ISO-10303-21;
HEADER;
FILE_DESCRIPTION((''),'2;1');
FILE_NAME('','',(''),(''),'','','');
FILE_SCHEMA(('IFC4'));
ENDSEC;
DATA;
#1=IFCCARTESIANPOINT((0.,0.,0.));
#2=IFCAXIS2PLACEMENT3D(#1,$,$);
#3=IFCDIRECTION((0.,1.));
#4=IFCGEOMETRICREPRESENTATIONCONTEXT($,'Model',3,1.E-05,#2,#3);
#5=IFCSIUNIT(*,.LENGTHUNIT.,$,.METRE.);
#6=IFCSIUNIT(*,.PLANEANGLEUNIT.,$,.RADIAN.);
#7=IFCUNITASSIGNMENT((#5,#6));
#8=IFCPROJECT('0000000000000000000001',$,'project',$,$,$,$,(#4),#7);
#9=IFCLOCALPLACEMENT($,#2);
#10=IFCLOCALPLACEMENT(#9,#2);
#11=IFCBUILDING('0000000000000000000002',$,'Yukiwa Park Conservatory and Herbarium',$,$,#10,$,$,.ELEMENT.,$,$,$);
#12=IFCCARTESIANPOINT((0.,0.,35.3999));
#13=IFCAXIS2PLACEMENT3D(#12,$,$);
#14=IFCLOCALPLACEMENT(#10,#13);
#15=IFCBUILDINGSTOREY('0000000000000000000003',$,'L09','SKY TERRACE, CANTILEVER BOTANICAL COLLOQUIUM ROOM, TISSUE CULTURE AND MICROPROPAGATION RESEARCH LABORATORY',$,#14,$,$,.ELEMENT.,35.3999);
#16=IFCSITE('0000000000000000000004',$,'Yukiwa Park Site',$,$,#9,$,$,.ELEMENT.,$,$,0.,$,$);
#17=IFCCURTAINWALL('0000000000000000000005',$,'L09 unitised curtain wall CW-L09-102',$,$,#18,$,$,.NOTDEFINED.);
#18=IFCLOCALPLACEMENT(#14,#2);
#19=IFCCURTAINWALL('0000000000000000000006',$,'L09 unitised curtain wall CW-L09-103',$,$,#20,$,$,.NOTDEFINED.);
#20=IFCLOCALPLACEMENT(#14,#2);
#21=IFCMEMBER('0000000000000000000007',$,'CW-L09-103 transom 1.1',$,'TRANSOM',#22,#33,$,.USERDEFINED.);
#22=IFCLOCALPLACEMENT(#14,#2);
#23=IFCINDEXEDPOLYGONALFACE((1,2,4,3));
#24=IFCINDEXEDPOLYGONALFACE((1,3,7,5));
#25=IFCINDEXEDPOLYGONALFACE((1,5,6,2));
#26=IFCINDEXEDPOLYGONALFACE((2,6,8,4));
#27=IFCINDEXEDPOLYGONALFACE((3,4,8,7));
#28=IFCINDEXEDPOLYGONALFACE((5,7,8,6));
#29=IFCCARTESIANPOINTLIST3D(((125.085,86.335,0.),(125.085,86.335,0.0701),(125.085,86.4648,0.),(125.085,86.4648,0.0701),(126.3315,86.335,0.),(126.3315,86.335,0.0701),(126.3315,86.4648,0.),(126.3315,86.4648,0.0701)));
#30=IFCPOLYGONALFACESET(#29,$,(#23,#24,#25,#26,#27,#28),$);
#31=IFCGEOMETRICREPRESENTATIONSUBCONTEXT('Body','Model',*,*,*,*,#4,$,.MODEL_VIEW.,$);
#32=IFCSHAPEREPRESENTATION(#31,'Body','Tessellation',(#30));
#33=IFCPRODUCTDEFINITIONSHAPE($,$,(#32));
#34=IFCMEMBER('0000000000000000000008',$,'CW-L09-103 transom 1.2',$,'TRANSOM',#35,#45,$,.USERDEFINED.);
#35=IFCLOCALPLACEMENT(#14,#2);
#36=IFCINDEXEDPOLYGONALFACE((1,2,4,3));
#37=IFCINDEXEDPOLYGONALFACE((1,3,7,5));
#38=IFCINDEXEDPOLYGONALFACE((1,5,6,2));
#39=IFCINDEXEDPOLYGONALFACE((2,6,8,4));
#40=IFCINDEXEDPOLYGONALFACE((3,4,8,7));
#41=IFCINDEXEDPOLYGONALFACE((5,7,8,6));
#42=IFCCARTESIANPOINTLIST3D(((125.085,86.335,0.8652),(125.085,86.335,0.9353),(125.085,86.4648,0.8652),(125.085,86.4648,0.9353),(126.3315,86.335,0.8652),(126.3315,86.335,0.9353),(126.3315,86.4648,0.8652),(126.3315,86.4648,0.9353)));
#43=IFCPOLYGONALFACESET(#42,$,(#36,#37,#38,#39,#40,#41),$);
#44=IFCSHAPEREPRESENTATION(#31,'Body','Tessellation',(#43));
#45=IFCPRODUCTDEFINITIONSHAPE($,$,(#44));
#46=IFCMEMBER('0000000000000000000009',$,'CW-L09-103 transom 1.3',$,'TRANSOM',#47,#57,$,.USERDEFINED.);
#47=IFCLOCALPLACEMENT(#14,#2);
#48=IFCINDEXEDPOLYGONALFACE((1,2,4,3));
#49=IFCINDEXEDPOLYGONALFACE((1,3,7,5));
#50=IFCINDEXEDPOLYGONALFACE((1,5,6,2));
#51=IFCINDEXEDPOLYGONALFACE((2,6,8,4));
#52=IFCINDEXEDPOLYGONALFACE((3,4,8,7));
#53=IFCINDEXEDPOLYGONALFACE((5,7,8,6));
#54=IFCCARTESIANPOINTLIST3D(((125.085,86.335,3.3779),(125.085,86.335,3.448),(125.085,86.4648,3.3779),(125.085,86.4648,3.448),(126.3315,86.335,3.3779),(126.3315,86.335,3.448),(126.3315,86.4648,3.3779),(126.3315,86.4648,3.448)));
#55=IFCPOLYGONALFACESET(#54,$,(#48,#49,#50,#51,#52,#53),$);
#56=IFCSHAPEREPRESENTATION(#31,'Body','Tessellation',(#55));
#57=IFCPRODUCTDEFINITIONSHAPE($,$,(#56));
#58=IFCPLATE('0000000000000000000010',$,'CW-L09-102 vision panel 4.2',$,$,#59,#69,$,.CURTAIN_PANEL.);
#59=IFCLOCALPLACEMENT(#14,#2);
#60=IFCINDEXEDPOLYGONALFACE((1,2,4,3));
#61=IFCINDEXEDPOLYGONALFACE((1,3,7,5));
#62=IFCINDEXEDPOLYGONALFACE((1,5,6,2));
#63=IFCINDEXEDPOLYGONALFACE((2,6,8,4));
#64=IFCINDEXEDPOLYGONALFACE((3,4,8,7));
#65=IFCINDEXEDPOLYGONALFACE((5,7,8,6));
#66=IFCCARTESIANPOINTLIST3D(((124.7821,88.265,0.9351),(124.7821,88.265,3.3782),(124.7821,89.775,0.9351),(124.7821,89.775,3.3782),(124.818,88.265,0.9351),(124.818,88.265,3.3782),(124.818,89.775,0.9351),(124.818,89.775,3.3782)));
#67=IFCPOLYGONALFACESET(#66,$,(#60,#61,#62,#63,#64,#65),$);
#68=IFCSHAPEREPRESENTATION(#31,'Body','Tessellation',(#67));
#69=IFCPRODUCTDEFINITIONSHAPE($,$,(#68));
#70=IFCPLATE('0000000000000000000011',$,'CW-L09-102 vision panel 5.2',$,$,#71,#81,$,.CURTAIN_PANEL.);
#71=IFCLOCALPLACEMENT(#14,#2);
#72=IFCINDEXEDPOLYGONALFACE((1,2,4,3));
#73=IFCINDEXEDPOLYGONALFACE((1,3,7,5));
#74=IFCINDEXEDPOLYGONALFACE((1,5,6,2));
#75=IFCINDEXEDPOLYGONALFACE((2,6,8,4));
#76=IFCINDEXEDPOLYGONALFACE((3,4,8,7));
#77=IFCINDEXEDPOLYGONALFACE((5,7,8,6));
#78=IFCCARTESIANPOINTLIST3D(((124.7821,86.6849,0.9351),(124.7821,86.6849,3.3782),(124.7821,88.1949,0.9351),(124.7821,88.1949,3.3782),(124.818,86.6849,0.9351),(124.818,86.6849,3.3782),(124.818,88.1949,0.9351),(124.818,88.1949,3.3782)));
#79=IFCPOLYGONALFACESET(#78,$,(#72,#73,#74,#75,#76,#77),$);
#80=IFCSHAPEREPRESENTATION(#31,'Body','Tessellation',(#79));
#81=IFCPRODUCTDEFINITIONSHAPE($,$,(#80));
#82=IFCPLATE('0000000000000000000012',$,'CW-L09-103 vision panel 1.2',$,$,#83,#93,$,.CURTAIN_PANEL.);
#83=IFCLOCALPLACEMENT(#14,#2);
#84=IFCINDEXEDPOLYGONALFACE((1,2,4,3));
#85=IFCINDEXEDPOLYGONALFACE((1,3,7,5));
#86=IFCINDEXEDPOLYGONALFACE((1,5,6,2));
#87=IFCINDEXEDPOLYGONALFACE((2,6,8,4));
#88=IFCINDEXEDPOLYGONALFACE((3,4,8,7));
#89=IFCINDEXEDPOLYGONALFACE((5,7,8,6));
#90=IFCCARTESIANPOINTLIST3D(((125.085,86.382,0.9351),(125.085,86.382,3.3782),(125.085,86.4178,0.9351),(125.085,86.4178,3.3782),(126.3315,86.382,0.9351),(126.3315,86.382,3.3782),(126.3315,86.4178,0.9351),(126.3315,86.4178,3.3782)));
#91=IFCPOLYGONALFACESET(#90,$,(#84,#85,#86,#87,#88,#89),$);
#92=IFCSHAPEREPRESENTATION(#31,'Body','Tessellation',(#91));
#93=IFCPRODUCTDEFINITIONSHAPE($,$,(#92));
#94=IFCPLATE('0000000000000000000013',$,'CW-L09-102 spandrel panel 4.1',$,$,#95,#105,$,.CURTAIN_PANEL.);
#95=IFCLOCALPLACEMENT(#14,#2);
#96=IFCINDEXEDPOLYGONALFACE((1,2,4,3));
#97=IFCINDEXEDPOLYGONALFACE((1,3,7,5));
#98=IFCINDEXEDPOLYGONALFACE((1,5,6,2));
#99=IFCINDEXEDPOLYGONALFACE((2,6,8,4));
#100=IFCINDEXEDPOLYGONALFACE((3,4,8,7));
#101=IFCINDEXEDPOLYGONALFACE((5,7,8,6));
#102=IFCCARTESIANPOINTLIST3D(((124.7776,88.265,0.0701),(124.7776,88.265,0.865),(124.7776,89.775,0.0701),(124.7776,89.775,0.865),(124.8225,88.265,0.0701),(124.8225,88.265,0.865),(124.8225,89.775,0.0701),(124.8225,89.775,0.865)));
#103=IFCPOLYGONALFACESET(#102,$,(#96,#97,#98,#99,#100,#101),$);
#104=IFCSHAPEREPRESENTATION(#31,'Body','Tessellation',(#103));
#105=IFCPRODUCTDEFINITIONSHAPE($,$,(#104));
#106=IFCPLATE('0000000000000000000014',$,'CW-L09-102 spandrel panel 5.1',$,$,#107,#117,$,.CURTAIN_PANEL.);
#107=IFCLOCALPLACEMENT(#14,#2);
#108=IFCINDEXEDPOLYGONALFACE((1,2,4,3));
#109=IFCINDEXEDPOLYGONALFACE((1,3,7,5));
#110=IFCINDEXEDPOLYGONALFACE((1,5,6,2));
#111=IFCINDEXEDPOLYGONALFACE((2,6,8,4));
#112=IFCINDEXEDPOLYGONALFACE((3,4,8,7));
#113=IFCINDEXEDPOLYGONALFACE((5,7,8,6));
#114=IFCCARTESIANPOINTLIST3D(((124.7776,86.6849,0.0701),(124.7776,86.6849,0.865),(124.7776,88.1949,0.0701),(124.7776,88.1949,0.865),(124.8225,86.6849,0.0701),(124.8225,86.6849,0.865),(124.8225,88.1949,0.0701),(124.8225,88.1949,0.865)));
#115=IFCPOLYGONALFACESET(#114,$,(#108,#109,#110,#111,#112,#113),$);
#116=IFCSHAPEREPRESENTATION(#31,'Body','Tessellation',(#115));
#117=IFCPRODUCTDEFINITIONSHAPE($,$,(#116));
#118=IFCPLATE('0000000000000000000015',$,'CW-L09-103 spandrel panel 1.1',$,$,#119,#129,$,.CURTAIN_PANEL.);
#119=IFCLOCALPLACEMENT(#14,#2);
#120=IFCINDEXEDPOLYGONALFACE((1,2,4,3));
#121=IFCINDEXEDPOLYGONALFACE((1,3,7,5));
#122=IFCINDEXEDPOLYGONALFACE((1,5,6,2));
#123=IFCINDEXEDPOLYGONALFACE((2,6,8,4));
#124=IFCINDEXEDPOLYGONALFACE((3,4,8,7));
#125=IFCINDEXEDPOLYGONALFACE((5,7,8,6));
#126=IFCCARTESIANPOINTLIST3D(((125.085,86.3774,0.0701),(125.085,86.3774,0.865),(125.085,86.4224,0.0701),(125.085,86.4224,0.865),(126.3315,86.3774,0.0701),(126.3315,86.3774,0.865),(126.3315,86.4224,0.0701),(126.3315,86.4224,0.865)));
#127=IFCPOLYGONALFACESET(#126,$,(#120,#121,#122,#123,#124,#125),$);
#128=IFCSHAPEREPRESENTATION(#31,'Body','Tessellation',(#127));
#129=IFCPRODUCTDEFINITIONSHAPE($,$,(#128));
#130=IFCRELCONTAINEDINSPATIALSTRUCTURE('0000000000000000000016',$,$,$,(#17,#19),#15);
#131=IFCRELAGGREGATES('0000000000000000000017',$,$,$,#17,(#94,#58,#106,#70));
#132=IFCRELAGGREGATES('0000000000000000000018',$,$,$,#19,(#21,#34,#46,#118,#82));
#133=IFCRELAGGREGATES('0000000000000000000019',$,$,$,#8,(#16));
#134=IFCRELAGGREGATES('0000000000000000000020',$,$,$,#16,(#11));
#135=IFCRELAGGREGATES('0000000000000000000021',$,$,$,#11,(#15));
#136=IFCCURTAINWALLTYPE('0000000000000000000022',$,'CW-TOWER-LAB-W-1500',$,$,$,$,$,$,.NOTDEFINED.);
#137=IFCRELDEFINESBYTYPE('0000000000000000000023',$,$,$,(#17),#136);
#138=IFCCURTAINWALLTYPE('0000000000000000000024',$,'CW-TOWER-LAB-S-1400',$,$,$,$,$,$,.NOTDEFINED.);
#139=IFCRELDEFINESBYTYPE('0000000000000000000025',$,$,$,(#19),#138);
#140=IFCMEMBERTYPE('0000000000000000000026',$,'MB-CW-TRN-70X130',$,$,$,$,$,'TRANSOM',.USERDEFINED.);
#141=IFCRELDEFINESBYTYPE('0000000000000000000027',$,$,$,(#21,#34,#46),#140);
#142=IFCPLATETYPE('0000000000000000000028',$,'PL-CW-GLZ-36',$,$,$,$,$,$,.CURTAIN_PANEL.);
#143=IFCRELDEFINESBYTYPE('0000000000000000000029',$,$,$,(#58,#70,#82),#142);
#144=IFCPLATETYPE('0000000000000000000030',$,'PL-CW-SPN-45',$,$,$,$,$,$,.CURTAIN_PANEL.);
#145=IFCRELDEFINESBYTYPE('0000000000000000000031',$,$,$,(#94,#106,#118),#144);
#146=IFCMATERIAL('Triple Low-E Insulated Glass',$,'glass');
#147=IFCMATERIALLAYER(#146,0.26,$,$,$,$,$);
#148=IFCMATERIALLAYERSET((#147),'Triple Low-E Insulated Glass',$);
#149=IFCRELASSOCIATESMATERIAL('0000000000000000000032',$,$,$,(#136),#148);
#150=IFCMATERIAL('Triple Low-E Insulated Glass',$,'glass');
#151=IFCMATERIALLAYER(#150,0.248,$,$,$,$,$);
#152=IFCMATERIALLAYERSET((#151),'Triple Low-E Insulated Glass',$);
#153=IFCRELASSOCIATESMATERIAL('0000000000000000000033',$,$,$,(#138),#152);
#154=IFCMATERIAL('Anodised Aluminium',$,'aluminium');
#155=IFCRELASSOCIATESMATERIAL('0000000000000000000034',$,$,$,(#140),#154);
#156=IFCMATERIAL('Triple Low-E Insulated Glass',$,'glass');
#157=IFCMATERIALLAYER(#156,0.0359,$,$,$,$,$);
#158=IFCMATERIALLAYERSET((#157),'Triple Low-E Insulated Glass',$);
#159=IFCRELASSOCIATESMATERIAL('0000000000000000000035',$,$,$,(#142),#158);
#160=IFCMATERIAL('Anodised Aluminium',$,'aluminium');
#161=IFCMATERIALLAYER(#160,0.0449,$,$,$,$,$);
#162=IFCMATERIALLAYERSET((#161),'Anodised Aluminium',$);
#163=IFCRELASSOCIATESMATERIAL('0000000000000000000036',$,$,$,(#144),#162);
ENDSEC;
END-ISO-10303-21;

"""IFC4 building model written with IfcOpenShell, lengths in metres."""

from ifc_helpers import new_model, si_unit, direction, frame, origin, origin_2d, place, context, subcontext, project, spatial, rectangle, extrude, material, layer, layer_set, type_object, element, aggregate, save


model = new_model("IFC4")

# Units and contexts
model_context = context("Model", 3, precision=1e-05, world=origin(), true_north=direction((0.0, 1.0)))
body_context = subcontext(model_context, "Body", "Model", "MODEL_VIEW")
ifc_project = project(units=[si_unit("LENGTHUNIT", "METRE"), si_unit("PLANEANGLEUNIT", "RADIAN")], contexts=[model_context])

# Site, building, storey
site_placement = place(None, origin())
site = spatial("IfcSite", under=ifc_project, at=site_placement, Name="Yukiwa Park Site", CompositionType="ELEMENT", RefElevation=0.0)
building_placement = place(site_placement, origin())
building = spatial("IfcBuilding", under=site, at=building_placement, Name="Yukiwa Park Conservatory and Herbarium", CompositionType="ELEMENT")
storey_placement = place(building_placement, frame((0.0, 0.0, 35.3999)))
storey = spatial("IfcBuildingStorey", under=building, at=storey_placement, Name="L09", Description="SKY TERRACE, CANTILEVER BOTANICAL COLLOQUIUM ROOM, TISSUE CULTURE AND MICROPROPAGATION RESEARCH LABORATORY", CompositionType="ELEMENT", Elevation=35.3999)

# Curtain walls
ifc_material_1 = material(Name="Triple Low-E Insulated Glass", Category="glass")
ifc_layer_1 = layer(ifc_material_1, 0.26)
ifc_layer_set_1 = layer_set([ifc_layer_1], Name="Triple Low-E Insulated Glass")
curtain_wall_type_1 = type_object("IfcCurtainWallType", Name="CW-TOWER-LAB-W-1500", PredefinedType="NOTDEFINED", material=ifc_layer_set_1)
curtain_wall_1_placement = place(storey_placement, origin())
curtain_wall_1 = element("IfcCurtainWall", 1, at=curtain_wall_1_placement, inside=storey, type_object=curtain_wall_type_1, Name="L09 unitised curtain wall CW-L09-102", PredefinedType="NOTDEFINED")
ifc_material_2 = material(Name="Triple Low-E Insulated Glass", Category="glass")
ifc_layer_2 = layer(ifc_material_2, 0.248)
ifc_layer_set_2 = layer_set([ifc_layer_2], Name="Triple Low-E Insulated Glass")
curtain_wall_type_2 = type_object("IfcCurtainWallType", Name="CW-TOWER-LAB-S-1400", PredefinedType="NOTDEFINED", material=ifc_layer_set_2)
curtain_wall_2_placement = place(storey_placement, origin())
curtain_wall_2 = element("IfcCurtainWall", 2, at=curtain_wall_2_placement, inside=storey, type_object=curtain_wall_type_2, Name="L09 unitised curtain wall CW-L09-103", PredefinedType="NOTDEFINED")

# Members
ifc_material_3 = material(Name="Anodised Aluminium", Category="aluminium")
member_type_1 = type_object("IfcMemberType", Name="MB-CW-TRN-70X130", ElementType="TRANSOM", PredefinedType="USERDEFINED", material=ifc_material_3)
member_1_placement = place(storey_placement, frame((125.7083, 86.3999, 0.0), z_axis=(0.0, 0.0, 1.0), x_axis=(1.0, 0.0, 0.0)))
member_1 = element("IfcMember", 3, at=member_1_placement, type_object=member_type_1, Name="CW-L09-103 transom 1.1", ObjectType="TRANSOM", PredefinedType="USERDEFINED", context=body_context, shape_type="SweptSolid", body=[
    extrude(rectangle(XDim=1.2466, YDim=0.1299, at=origin_2d()), origin(), (0.0, 0.0, 1.0), 0.0701),
])
member_2_placement = place(storey_placement, frame((125.7083, 86.3999, 0.8652), z_axis=(0.0, 0.0, 1.0), x_axis=(1.0, 0.0, 0.0)))
member_2 = element("IfcMember", 4, at=member_2_placement, type_object=member_type_1, Name="CW-L09-103 transom 1.2", ObjectType="TRANSOM", PredefinedType="USERDEFINED", context=body_context, shape_type="SweptSolid", body=[
    extrude(rectangle(XDim=1.2466, YDim=0.1299, at=origin_2d()), origin(), (0.0, 0.0, 1.0), 0.0701),
])
member_3_placement = place(storey_placement, frame((125.7083, 86.3999, 3.3779), z_axis=(0.0, 0.0, 1.0), x_axis=(1.0, 0.0, 0.0)))
member_3 = element("IfcMember", 5, at=member_3_placement, type_object=member_type_1, Name="CW-L09-103 transom 1.3", ObjectType="TRANSOM", PredefinedType="USERDEFINED", context=body_context, shape_type="SweptSolid", body=[
    extrude(rectangle(XDim=1.2466, YDim=0.1299, at=origin_2d()), origin(), (0.0, 0.0, 1.0), 0.0701),
])

# Plates
ifc_material_4 = material(Name="Triple Low-E Insulated Glass", Category="glass")
ifc_layer_3 = layer(ifc_material_4, 0.0359)
ifc_layer_set_3 = layer_set([ifc_layer_3], Name="Triple Low-E Insulated Glass")
plate_type_1 = type_object("IfcPlateType", Name="PL-CW-GLZ-36", PredefinedType="CURTAIN_PANEL", material=ifc_layer_set_3)
plate_1_placement = place(storey_placement, frame((124.8, 89.02, 0.9351), z_axis=(0.0, 0.0, 1.0), x_axis=(0.0, -1.0, 0.0)))
plate_1 = element("IfcPlate", 6, at=plate_1_placement, type_object=plate_type_1, Name="CW-L09-102 vision panel 4.2", PredefinedType="CURTAIN_PANEL", context=body_context, shape_type="SweptSolid", body=[
    extrude(rectangle(XDim=1.51, YDim=0.0359, at=origin_2d()), origin(), (0.0, 0.0, 1.0), 2.4431),
])
plate_2_placement = place(storey_placement, frame((124.8, 87.4399, 0.9351), z_axis=(0.0, 0.0, 1.0), x_axis=(0.0, -1.0, 0.0)))
plate_2 = element("IfcPlate", 7, at=plate_2_placement, type_object=plate_type_1, Name="CW-L09-102 vision panel 5.2", PredefinedType="CURTAIN_PANEL", context=body_context, shape_type="SweptSolid", body=[
    extrude(rectangle(XDim=1.51, YDim=0.0359, at=origin_2d()), origin(), (0.0, 0.0, 1.0), 2.4431),
])
plate_3_placement = place(storey_placement, frame((125.7083, 86.3999, 0.9351), z_axis=(0.0, 0.0, 1.0), x_axis=(1.0, 0.0, 0.0)))
plate_3 = element("IfcPlate", 8, at=plate_3_placement, type_object=plate_type_1, Name="CW-L09-103 vision panel 1.2", PredefinedType="CURTAIN_PANEL", context=body_context, shape_type="SweptSolid", body=[
    extrude(rectangle(XDim=1.2466, YDim=0.0359, at=origin_2d()), origin(), (0.0, 0.0, 1.0), 2.4431),
])
ifc_material_5 = material(Name="Anodised Aluminium", Category="aluminium")
ifc_layer_4 = layer(ifc_material_5, 0.0449)
ifc_layer_set_4 = layer_set([ifc_layer_4], Name="Anodised Aluminium")
plate_type_2 = type_object("IfcPlateType", Name="PL-CW-SPN-45", PredefinedType="CURTAIN_PANEL", material=ifc_layer_set_4)
plate_4_placement = place(storey_placement, frame((124.8, 89.02, 0.0701), z_axis=(0.0, 0.0, 1.0), x_axis=(0.0, -1.0, 0.0)))
plate_4 = element("IfcPlate", 9, at=plate_4_placement, type_object=plate_type_2, Name="CW-L09-102 spandrel panel 4.1", PredefinedType="CURTAIN_PANEL", context=body_context, shape_type="SweptSolid", body=[
    extrude(rectangle(XDim=1.51, YDim=0.0449, at=origin_2d()), origin(), (0.0, 0.0, 1.0), 0.7949),
])
plate_5_placement = place(storey_placement, frame((124.8, 87.4399, 0.0701), z_axis=(0.0, 0.0, 1.0), x_axis=(0.0, -1.0, 0.0)))
plate_5 = element("IfcPlate", 10, at=plate_5_placement, type_object=plate_type_2, Name="CW-L09-102 spandrel panel 5.1", PredefinedType="CURTAIN_PANEL", context=body_context, shape_type="SweptSolid", body=[
    extrude(rectangle(XDim=1.51, YDim=0.0449, at=origin_2d()), origin(), (0.0, 0.0, 1.0), 0.7949),
])
aggregate(curtain_wall_1, [plate_4, plate_1, plate_5, plate_2])
plate_6_placement = place(storey_placement, frame((125.7083, 86.3999, 0.0701), z_axis=(0.0, 0.0, 1.0), x_axis=(1.0, 0.0, 0.0)))
plate_6 = element("IfcPlate", 11, at=plate_6_placement, type_object=plate_type_2, Name="CW-L09-103 spandrel panel 1.1", PredefinedType="CURTAIN_PANEL", context=body_context, shape_type="SweptSolid", body=[
    extrude(rectangle(XDim=1.2466, YDim=0.0449, at=origin_2d()), origin(), (0.0, 0.0, 1.0), 0.7949),
])
aggregate(curtain_wall_2, [member_1, member_2, member_3, plate_6, plate_3])

save(model, "model.ifc")
